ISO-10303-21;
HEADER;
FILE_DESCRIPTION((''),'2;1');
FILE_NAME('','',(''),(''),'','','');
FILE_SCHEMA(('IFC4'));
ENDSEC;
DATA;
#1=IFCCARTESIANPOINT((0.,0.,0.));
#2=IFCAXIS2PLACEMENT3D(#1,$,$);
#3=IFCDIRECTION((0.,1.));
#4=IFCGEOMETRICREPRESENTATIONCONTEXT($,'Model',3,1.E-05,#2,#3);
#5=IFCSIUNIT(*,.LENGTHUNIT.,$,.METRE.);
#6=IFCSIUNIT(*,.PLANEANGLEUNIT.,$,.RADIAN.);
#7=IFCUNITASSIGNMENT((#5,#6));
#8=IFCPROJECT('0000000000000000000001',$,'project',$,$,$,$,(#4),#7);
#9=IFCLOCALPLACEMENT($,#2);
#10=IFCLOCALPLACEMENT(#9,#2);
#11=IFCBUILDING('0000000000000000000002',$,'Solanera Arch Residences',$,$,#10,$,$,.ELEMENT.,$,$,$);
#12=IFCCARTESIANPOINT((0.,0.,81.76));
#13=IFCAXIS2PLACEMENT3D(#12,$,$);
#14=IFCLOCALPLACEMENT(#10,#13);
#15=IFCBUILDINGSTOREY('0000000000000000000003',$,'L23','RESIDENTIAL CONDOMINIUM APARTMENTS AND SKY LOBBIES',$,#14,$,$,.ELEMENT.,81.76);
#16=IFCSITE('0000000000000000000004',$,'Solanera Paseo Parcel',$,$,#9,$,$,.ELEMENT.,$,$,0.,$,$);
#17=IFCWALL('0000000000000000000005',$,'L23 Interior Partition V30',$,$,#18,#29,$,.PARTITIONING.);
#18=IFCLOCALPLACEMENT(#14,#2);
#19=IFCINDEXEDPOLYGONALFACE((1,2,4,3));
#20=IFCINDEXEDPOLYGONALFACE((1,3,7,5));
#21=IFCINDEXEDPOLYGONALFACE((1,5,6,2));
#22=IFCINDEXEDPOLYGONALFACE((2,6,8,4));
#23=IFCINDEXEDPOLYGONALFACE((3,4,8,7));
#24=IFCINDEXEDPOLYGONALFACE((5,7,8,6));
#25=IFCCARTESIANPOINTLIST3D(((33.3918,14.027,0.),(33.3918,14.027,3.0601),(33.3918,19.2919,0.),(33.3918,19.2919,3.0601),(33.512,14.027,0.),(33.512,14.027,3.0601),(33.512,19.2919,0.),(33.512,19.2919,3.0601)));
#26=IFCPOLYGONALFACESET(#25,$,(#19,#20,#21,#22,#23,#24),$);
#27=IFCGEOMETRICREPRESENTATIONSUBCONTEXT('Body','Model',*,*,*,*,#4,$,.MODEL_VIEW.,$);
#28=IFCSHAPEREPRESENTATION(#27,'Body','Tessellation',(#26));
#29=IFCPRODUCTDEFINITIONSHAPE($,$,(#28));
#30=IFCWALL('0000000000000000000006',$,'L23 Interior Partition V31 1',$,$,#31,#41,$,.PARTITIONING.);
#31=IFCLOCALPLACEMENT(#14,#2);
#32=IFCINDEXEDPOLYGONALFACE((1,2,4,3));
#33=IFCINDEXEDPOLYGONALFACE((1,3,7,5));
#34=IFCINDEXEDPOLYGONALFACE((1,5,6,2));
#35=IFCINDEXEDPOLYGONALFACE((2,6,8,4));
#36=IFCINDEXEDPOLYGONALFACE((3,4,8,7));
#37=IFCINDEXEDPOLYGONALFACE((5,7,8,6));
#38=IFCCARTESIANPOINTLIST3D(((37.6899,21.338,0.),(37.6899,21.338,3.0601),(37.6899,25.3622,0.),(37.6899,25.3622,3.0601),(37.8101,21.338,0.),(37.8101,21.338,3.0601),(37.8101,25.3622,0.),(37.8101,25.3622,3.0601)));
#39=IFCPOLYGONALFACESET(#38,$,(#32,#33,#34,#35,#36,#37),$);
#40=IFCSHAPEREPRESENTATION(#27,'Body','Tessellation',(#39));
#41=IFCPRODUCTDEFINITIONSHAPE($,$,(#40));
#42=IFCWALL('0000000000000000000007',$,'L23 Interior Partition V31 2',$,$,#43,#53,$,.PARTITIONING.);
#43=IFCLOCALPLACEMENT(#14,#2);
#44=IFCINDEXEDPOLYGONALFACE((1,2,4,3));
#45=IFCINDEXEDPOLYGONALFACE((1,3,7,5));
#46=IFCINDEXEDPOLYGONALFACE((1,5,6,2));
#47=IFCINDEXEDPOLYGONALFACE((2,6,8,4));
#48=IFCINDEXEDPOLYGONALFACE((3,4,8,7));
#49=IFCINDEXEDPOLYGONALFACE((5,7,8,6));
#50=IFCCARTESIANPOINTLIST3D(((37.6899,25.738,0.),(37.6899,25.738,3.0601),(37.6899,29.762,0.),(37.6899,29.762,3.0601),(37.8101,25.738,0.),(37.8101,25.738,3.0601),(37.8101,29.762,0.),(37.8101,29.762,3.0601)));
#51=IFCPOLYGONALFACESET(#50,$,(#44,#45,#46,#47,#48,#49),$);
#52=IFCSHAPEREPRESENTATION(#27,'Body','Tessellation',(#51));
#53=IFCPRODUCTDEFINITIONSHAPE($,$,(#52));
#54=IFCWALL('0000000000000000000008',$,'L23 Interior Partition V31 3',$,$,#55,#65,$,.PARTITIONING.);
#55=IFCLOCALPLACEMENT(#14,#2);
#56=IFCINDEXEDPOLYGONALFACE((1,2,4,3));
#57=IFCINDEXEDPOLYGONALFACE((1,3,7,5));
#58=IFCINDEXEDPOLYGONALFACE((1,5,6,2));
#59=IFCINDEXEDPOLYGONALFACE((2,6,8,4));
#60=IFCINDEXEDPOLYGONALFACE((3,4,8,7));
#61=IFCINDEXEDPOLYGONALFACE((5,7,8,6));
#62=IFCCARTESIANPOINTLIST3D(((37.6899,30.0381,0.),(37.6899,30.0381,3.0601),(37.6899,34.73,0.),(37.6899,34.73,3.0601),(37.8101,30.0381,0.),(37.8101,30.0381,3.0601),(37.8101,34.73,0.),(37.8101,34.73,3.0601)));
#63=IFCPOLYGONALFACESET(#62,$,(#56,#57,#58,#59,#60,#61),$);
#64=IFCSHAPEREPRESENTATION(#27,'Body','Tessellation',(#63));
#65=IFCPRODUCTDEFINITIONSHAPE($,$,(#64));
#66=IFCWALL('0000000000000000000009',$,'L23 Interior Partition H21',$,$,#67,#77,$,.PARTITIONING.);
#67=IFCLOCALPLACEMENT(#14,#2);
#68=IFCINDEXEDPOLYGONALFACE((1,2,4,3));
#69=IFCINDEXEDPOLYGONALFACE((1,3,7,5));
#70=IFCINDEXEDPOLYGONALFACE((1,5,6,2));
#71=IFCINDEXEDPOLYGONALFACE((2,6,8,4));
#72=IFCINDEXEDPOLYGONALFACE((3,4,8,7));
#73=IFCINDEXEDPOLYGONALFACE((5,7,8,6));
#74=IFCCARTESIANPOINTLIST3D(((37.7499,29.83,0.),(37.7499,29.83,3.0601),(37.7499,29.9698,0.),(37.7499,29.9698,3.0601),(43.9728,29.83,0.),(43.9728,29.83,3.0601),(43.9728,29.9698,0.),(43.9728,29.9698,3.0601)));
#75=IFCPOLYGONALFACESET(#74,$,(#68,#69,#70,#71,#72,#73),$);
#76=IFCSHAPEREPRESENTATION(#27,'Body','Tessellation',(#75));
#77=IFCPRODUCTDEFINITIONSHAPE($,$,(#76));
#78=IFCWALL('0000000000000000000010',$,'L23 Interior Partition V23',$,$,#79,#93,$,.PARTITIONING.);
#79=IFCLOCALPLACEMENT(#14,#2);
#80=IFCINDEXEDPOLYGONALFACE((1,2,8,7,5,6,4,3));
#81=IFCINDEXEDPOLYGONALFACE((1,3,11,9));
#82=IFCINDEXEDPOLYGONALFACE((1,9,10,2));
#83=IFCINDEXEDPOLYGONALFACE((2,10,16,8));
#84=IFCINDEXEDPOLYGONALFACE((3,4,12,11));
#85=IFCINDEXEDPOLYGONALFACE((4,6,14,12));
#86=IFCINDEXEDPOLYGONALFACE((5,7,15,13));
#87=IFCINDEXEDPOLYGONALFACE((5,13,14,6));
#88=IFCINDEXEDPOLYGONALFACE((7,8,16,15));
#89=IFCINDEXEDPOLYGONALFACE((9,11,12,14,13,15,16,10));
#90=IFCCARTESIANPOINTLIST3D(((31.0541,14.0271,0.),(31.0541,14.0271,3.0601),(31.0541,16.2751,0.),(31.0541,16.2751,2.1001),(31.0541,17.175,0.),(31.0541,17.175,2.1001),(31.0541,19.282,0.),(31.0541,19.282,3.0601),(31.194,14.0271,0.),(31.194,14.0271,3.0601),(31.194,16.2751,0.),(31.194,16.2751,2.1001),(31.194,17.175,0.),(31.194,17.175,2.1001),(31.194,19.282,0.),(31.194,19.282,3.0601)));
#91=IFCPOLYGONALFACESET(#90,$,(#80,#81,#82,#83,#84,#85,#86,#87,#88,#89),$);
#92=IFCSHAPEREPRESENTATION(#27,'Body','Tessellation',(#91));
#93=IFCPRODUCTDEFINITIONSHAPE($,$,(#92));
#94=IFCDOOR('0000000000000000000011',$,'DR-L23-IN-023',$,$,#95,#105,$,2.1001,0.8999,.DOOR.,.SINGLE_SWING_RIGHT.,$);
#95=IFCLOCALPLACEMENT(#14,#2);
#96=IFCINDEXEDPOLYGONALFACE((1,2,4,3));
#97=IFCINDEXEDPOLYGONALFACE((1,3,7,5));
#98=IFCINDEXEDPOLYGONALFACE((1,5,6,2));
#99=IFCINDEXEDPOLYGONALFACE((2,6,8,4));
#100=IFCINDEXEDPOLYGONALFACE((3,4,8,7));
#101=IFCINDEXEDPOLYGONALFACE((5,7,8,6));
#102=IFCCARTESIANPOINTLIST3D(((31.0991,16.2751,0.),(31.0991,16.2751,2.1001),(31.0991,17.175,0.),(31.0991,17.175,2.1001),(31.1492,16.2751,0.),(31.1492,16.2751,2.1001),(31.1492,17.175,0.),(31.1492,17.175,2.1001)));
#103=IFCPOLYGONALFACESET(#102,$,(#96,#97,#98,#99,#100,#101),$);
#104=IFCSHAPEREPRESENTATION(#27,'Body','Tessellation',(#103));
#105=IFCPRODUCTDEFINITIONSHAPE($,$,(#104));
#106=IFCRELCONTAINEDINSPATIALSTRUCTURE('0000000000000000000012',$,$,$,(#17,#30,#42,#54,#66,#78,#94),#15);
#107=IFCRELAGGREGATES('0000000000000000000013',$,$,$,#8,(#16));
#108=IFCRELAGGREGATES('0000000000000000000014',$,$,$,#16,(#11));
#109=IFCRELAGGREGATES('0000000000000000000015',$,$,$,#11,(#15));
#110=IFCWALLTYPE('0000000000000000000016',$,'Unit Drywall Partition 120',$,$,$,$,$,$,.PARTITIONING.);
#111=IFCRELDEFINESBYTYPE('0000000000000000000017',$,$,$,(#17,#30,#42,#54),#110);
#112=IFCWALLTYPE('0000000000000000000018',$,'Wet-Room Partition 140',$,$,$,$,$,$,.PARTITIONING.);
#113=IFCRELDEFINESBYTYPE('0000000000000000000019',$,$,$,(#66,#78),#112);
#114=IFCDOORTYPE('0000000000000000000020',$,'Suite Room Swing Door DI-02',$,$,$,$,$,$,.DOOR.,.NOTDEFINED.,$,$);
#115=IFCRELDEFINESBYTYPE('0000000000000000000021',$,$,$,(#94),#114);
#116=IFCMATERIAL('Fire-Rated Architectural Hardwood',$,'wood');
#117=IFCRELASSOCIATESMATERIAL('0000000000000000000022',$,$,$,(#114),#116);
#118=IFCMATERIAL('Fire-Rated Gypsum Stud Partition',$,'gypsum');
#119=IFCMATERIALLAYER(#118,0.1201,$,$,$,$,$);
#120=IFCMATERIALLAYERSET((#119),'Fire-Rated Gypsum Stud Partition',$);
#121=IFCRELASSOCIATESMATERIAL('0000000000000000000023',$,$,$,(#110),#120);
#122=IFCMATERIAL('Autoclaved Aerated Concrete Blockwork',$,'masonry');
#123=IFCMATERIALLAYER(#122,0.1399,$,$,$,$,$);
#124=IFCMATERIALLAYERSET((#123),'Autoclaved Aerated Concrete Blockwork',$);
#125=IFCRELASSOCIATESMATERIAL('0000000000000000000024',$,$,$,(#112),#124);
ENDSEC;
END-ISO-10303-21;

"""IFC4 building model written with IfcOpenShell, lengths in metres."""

from ifc_helpers import new_model, si_unit, direction, frame, frame_2d, origin, place, context, subcontext, project, spatial, rectangle, extrude, material, layer, layer_set, type_object, element, fill, save


model = new_model("IFC4")

# Units and contexts
model_context = context("Model", 3, precision=1e-05, world=origin(), true_north=direction((0.0, 1.0)))
body_context = subcontext(model_context, "Body", "Model", "MODEL_VIEW")
ifc_project = project(units=[si_unit("LENGTHUNIT", "METRE"), si_unit("PLANEANGLEUNIT", "RADIAN")], contexts=[model_context])

# Site, building, storey
site_placement = place(None, origin())
site = spatial("IfcSite", under=ifc_project, at=site_placement, Name="Solanera Paseo Parcel", CompositionType="ELEMENT", RefElevation=0.0)
building_placement = place(site_placement, origin())
building = spatial("IfcBuilding", under=site, at=building_placement, Name="Solanera Arch Residences", CompositionType="ELEMENT")
storey_placement = place(building_placement, frame((0.0, 0.0, 81.76)))
storey = spatial("IfcBuildingStorey", under=building, at=storey_placement, Name="L23", Description="RESIDENTIAL CONDOMINIUM APARTMENTS AND SKY LOBBIES", CompositionType="ELEMENT", Elevation=81.76)

# Shared definitions
ifc_material_1 = material(Name="Fire-Rated Architectural Hardwood", Category="wood")
door_type_1 = type_object("IfcDoorType", Name="Suite Room Swing Door DI-02", OperationType="NOTDEFINED", PredefinedType="DOOR", material=ifc_material_1)

# Walls
ifc_material_2 = material(Name="Fire-Rated Gypsum Stud Partition", Category="gypsum")
ifc_layer_1 = layer(ifc_material_2, 0.1201)
ifc_layer_set_1 = layer_set([ifc_layer_1], Name="Fire-Rated Gypsum Stud Partition")
wall_type_1 = type_object("IfcWallType", Name="Unit Drywall Partition 120", PredefinedType="PARTITIONING", material=ifc_layer_set_1)
wall_1_placement = place(storey_placement, frame((33.4519, 14.0271, 0.0), z_axis=(0.0, 0.0, 1.0), x_axis=(0.0, 1.0, 0.0)))
element("IfcWall", 1, at=wall_1_placement, inside=storey, type_object=wall_type_1, Name="L23 Interior Partition V30", PredefinedType="PARTITIONING", context=body_context, shape_type="SweptSolid", body=[
    extrude(rectangle(XDim=5.2649, YDim=0.1201, at=frame_2d((2.6323, 0.0))), origin(), (0.0, 0.0, 1.0), 3.0601),
])
wall_2_placement = place(storey_placement, frame((37.75, 21.3379, 0.0), z_axis=(0.0, 0.0, 1.0), x_axis=(0.0, 1.0, 0.0)))
element("IfcWall", 2, at=wall_2_placement, inside=storey, type_object=wall_type_1, Name="L23 Interior Partition V31 1", PredefinedType="PARTITIONING", context=body_context, shape_type="SweptSolid", body=[
    extrude(rectangle(XDim=4.0242, YDim=0.1201, at=frame_2d((2.0122, 0.0))), origin(), (0.0, 0.0, 1.0), 3.0601),
])
wall_3_placement = place(storey_placement, frame((37.75, 25.738, 0.0), z_axis=(0.0, 0.0, 1.0), x_axis=(0.0, 1.0, 0.0)))
element("IfcWall", 3, at=wall_3_placement, inside=storey, type_object=wall_type_1, Name="L23 Interior Partition V31 2", PredefinedType="PARTITIONING", context=body_context, shape_type="SweptSolid", body=[
    extrude(rectangle(XDim=4.0239, YDim=0.1201, at=frame_2d((2.012, 0.0))), origin(), (0.0, 0.0, 1.0), 3.0601),
])
wall_4_placement = place(storey_placement, frame((37.75, 30.0381, 0.0), z_axis=(0.0, 0.0, 1.0), x_axis=(0.0, 1.0, 0.0)))
element("IfcWall", 4, at=wall_4_placement, inside=storey, type_object=wall_type_1, Name="L23 Interior Partition V31 3", PredefinedType="PARTITIONING", context=body_context, shape_type="SweptSolid", body=[
    extrude(rectangle(XDim=4.6919, YDim=0.1201, at=frame_2d((2.3459, 0.0))), origin(), (0.0, 0.0, 1.0), 3.0601),
])
ifc_material_3 = material(Name="Autoclaved Aerated Concrete Blockwork", Category="masonry")
ifc_layer_2 = layer(ifc_material_3, 0.1399)
ifc_layer_set_2 = layer_set([ifc_layer_2], Name="Autoclaved Aerated Concrete Blockwork")
wall_type_2 = type_object("IfcWallType", Name="Wet-Room Partition 140", PredefinedType="PARTITIONING", material=ifc_layer_set_2)
wall_5_placement = place(storey_placement, frame((37.75, 29.8999, 0.0), z_axis=(0.0, 0.0, 1.0), x_axis=(1.0, 0.0, 0.0)))
element("IfcWall", 5, at=wall_5_placement, inside=storey, type_object=wall_type_2, Name="L23 Interior Partition H21", PredefinedType="PARTITIONING", context=body_context, shape_type="SweptSolid", body=[
    extrude(rectangle(XDim=6.2229, YDim=0.1399, at=frame_2d((3.1113, 0.0))), origin(), (0.0, 0.0, 1.0), 3.0601),
])

# Wall, opening, door
wall_6_placement = place(storey_placement, frame((31.124, 14.0271, 0.0), z_axis=(0.0, 0.0, 1.0), x_axis=(0.0, 1.0, 0.0)))
wall_6 = element("IfcWall", 6, at=wall_6_placement, inside=storey, type_object=wall_type_2, Name="L23 Interior Partition V23", PredefinedType="PARTITIONING", context=body_context, shape_type="SweptSolid", body=[
    extrude(rectangle(XDim=5.2549, YDim=0.1399, at=frame_2d((2.6274, 0.0))), origin(), (0.0, 0.0, 1.0), 3.0601),
])
opening_1_placement = place(wall_6_placement, frame((2.248, 0.0, 0.0)))
opening_1 = element("IfcOpeningElement", 7, at=opening_1_placement, cuts=wall_6, PredefinedType="OPENING", context=body_context, shape_type="SweptSolid", body=[
    extrude(rectangle(XDim=0.8999, YDim=2.1001, at=frame_2d((0.45, 1.05))), frame((0.0, 0.0798, 0.0), z_axis=(0.0, -1.0, 0.0), x_axis=(1.0, 0.0, 0.0)), (0.0, 0.0, 1.0), 0.1599),
])
door_1_placement = place(opening_1_placement, origin())
door_1 = element("IfcDoor", 8, at=door_1_placement, inside=storey, type_object=door_type_1, Name="DR-L23-IN-023", OperationType="SINGLE_SWING_RIGHT", OverallHeight=2.1001, OverallWidth=0.8999, PredefinedType="DOOR", context=body_context, shape_type="SweptSolid", body=[
    extrude(rectangle(XDim=0.8999, YDim=2.1001, at=frame_2d((0.45, 1.05))), frame((0.0, 0.0249, 0.0), z_axis=(0.0, -1.0, 0.0), x_axis=(1.0, 0.0, 0.0)), (0.0, 0.0, 1.0), 0.05),
])
fill(opening_1, door_1)

save(model, "model.ifc")
